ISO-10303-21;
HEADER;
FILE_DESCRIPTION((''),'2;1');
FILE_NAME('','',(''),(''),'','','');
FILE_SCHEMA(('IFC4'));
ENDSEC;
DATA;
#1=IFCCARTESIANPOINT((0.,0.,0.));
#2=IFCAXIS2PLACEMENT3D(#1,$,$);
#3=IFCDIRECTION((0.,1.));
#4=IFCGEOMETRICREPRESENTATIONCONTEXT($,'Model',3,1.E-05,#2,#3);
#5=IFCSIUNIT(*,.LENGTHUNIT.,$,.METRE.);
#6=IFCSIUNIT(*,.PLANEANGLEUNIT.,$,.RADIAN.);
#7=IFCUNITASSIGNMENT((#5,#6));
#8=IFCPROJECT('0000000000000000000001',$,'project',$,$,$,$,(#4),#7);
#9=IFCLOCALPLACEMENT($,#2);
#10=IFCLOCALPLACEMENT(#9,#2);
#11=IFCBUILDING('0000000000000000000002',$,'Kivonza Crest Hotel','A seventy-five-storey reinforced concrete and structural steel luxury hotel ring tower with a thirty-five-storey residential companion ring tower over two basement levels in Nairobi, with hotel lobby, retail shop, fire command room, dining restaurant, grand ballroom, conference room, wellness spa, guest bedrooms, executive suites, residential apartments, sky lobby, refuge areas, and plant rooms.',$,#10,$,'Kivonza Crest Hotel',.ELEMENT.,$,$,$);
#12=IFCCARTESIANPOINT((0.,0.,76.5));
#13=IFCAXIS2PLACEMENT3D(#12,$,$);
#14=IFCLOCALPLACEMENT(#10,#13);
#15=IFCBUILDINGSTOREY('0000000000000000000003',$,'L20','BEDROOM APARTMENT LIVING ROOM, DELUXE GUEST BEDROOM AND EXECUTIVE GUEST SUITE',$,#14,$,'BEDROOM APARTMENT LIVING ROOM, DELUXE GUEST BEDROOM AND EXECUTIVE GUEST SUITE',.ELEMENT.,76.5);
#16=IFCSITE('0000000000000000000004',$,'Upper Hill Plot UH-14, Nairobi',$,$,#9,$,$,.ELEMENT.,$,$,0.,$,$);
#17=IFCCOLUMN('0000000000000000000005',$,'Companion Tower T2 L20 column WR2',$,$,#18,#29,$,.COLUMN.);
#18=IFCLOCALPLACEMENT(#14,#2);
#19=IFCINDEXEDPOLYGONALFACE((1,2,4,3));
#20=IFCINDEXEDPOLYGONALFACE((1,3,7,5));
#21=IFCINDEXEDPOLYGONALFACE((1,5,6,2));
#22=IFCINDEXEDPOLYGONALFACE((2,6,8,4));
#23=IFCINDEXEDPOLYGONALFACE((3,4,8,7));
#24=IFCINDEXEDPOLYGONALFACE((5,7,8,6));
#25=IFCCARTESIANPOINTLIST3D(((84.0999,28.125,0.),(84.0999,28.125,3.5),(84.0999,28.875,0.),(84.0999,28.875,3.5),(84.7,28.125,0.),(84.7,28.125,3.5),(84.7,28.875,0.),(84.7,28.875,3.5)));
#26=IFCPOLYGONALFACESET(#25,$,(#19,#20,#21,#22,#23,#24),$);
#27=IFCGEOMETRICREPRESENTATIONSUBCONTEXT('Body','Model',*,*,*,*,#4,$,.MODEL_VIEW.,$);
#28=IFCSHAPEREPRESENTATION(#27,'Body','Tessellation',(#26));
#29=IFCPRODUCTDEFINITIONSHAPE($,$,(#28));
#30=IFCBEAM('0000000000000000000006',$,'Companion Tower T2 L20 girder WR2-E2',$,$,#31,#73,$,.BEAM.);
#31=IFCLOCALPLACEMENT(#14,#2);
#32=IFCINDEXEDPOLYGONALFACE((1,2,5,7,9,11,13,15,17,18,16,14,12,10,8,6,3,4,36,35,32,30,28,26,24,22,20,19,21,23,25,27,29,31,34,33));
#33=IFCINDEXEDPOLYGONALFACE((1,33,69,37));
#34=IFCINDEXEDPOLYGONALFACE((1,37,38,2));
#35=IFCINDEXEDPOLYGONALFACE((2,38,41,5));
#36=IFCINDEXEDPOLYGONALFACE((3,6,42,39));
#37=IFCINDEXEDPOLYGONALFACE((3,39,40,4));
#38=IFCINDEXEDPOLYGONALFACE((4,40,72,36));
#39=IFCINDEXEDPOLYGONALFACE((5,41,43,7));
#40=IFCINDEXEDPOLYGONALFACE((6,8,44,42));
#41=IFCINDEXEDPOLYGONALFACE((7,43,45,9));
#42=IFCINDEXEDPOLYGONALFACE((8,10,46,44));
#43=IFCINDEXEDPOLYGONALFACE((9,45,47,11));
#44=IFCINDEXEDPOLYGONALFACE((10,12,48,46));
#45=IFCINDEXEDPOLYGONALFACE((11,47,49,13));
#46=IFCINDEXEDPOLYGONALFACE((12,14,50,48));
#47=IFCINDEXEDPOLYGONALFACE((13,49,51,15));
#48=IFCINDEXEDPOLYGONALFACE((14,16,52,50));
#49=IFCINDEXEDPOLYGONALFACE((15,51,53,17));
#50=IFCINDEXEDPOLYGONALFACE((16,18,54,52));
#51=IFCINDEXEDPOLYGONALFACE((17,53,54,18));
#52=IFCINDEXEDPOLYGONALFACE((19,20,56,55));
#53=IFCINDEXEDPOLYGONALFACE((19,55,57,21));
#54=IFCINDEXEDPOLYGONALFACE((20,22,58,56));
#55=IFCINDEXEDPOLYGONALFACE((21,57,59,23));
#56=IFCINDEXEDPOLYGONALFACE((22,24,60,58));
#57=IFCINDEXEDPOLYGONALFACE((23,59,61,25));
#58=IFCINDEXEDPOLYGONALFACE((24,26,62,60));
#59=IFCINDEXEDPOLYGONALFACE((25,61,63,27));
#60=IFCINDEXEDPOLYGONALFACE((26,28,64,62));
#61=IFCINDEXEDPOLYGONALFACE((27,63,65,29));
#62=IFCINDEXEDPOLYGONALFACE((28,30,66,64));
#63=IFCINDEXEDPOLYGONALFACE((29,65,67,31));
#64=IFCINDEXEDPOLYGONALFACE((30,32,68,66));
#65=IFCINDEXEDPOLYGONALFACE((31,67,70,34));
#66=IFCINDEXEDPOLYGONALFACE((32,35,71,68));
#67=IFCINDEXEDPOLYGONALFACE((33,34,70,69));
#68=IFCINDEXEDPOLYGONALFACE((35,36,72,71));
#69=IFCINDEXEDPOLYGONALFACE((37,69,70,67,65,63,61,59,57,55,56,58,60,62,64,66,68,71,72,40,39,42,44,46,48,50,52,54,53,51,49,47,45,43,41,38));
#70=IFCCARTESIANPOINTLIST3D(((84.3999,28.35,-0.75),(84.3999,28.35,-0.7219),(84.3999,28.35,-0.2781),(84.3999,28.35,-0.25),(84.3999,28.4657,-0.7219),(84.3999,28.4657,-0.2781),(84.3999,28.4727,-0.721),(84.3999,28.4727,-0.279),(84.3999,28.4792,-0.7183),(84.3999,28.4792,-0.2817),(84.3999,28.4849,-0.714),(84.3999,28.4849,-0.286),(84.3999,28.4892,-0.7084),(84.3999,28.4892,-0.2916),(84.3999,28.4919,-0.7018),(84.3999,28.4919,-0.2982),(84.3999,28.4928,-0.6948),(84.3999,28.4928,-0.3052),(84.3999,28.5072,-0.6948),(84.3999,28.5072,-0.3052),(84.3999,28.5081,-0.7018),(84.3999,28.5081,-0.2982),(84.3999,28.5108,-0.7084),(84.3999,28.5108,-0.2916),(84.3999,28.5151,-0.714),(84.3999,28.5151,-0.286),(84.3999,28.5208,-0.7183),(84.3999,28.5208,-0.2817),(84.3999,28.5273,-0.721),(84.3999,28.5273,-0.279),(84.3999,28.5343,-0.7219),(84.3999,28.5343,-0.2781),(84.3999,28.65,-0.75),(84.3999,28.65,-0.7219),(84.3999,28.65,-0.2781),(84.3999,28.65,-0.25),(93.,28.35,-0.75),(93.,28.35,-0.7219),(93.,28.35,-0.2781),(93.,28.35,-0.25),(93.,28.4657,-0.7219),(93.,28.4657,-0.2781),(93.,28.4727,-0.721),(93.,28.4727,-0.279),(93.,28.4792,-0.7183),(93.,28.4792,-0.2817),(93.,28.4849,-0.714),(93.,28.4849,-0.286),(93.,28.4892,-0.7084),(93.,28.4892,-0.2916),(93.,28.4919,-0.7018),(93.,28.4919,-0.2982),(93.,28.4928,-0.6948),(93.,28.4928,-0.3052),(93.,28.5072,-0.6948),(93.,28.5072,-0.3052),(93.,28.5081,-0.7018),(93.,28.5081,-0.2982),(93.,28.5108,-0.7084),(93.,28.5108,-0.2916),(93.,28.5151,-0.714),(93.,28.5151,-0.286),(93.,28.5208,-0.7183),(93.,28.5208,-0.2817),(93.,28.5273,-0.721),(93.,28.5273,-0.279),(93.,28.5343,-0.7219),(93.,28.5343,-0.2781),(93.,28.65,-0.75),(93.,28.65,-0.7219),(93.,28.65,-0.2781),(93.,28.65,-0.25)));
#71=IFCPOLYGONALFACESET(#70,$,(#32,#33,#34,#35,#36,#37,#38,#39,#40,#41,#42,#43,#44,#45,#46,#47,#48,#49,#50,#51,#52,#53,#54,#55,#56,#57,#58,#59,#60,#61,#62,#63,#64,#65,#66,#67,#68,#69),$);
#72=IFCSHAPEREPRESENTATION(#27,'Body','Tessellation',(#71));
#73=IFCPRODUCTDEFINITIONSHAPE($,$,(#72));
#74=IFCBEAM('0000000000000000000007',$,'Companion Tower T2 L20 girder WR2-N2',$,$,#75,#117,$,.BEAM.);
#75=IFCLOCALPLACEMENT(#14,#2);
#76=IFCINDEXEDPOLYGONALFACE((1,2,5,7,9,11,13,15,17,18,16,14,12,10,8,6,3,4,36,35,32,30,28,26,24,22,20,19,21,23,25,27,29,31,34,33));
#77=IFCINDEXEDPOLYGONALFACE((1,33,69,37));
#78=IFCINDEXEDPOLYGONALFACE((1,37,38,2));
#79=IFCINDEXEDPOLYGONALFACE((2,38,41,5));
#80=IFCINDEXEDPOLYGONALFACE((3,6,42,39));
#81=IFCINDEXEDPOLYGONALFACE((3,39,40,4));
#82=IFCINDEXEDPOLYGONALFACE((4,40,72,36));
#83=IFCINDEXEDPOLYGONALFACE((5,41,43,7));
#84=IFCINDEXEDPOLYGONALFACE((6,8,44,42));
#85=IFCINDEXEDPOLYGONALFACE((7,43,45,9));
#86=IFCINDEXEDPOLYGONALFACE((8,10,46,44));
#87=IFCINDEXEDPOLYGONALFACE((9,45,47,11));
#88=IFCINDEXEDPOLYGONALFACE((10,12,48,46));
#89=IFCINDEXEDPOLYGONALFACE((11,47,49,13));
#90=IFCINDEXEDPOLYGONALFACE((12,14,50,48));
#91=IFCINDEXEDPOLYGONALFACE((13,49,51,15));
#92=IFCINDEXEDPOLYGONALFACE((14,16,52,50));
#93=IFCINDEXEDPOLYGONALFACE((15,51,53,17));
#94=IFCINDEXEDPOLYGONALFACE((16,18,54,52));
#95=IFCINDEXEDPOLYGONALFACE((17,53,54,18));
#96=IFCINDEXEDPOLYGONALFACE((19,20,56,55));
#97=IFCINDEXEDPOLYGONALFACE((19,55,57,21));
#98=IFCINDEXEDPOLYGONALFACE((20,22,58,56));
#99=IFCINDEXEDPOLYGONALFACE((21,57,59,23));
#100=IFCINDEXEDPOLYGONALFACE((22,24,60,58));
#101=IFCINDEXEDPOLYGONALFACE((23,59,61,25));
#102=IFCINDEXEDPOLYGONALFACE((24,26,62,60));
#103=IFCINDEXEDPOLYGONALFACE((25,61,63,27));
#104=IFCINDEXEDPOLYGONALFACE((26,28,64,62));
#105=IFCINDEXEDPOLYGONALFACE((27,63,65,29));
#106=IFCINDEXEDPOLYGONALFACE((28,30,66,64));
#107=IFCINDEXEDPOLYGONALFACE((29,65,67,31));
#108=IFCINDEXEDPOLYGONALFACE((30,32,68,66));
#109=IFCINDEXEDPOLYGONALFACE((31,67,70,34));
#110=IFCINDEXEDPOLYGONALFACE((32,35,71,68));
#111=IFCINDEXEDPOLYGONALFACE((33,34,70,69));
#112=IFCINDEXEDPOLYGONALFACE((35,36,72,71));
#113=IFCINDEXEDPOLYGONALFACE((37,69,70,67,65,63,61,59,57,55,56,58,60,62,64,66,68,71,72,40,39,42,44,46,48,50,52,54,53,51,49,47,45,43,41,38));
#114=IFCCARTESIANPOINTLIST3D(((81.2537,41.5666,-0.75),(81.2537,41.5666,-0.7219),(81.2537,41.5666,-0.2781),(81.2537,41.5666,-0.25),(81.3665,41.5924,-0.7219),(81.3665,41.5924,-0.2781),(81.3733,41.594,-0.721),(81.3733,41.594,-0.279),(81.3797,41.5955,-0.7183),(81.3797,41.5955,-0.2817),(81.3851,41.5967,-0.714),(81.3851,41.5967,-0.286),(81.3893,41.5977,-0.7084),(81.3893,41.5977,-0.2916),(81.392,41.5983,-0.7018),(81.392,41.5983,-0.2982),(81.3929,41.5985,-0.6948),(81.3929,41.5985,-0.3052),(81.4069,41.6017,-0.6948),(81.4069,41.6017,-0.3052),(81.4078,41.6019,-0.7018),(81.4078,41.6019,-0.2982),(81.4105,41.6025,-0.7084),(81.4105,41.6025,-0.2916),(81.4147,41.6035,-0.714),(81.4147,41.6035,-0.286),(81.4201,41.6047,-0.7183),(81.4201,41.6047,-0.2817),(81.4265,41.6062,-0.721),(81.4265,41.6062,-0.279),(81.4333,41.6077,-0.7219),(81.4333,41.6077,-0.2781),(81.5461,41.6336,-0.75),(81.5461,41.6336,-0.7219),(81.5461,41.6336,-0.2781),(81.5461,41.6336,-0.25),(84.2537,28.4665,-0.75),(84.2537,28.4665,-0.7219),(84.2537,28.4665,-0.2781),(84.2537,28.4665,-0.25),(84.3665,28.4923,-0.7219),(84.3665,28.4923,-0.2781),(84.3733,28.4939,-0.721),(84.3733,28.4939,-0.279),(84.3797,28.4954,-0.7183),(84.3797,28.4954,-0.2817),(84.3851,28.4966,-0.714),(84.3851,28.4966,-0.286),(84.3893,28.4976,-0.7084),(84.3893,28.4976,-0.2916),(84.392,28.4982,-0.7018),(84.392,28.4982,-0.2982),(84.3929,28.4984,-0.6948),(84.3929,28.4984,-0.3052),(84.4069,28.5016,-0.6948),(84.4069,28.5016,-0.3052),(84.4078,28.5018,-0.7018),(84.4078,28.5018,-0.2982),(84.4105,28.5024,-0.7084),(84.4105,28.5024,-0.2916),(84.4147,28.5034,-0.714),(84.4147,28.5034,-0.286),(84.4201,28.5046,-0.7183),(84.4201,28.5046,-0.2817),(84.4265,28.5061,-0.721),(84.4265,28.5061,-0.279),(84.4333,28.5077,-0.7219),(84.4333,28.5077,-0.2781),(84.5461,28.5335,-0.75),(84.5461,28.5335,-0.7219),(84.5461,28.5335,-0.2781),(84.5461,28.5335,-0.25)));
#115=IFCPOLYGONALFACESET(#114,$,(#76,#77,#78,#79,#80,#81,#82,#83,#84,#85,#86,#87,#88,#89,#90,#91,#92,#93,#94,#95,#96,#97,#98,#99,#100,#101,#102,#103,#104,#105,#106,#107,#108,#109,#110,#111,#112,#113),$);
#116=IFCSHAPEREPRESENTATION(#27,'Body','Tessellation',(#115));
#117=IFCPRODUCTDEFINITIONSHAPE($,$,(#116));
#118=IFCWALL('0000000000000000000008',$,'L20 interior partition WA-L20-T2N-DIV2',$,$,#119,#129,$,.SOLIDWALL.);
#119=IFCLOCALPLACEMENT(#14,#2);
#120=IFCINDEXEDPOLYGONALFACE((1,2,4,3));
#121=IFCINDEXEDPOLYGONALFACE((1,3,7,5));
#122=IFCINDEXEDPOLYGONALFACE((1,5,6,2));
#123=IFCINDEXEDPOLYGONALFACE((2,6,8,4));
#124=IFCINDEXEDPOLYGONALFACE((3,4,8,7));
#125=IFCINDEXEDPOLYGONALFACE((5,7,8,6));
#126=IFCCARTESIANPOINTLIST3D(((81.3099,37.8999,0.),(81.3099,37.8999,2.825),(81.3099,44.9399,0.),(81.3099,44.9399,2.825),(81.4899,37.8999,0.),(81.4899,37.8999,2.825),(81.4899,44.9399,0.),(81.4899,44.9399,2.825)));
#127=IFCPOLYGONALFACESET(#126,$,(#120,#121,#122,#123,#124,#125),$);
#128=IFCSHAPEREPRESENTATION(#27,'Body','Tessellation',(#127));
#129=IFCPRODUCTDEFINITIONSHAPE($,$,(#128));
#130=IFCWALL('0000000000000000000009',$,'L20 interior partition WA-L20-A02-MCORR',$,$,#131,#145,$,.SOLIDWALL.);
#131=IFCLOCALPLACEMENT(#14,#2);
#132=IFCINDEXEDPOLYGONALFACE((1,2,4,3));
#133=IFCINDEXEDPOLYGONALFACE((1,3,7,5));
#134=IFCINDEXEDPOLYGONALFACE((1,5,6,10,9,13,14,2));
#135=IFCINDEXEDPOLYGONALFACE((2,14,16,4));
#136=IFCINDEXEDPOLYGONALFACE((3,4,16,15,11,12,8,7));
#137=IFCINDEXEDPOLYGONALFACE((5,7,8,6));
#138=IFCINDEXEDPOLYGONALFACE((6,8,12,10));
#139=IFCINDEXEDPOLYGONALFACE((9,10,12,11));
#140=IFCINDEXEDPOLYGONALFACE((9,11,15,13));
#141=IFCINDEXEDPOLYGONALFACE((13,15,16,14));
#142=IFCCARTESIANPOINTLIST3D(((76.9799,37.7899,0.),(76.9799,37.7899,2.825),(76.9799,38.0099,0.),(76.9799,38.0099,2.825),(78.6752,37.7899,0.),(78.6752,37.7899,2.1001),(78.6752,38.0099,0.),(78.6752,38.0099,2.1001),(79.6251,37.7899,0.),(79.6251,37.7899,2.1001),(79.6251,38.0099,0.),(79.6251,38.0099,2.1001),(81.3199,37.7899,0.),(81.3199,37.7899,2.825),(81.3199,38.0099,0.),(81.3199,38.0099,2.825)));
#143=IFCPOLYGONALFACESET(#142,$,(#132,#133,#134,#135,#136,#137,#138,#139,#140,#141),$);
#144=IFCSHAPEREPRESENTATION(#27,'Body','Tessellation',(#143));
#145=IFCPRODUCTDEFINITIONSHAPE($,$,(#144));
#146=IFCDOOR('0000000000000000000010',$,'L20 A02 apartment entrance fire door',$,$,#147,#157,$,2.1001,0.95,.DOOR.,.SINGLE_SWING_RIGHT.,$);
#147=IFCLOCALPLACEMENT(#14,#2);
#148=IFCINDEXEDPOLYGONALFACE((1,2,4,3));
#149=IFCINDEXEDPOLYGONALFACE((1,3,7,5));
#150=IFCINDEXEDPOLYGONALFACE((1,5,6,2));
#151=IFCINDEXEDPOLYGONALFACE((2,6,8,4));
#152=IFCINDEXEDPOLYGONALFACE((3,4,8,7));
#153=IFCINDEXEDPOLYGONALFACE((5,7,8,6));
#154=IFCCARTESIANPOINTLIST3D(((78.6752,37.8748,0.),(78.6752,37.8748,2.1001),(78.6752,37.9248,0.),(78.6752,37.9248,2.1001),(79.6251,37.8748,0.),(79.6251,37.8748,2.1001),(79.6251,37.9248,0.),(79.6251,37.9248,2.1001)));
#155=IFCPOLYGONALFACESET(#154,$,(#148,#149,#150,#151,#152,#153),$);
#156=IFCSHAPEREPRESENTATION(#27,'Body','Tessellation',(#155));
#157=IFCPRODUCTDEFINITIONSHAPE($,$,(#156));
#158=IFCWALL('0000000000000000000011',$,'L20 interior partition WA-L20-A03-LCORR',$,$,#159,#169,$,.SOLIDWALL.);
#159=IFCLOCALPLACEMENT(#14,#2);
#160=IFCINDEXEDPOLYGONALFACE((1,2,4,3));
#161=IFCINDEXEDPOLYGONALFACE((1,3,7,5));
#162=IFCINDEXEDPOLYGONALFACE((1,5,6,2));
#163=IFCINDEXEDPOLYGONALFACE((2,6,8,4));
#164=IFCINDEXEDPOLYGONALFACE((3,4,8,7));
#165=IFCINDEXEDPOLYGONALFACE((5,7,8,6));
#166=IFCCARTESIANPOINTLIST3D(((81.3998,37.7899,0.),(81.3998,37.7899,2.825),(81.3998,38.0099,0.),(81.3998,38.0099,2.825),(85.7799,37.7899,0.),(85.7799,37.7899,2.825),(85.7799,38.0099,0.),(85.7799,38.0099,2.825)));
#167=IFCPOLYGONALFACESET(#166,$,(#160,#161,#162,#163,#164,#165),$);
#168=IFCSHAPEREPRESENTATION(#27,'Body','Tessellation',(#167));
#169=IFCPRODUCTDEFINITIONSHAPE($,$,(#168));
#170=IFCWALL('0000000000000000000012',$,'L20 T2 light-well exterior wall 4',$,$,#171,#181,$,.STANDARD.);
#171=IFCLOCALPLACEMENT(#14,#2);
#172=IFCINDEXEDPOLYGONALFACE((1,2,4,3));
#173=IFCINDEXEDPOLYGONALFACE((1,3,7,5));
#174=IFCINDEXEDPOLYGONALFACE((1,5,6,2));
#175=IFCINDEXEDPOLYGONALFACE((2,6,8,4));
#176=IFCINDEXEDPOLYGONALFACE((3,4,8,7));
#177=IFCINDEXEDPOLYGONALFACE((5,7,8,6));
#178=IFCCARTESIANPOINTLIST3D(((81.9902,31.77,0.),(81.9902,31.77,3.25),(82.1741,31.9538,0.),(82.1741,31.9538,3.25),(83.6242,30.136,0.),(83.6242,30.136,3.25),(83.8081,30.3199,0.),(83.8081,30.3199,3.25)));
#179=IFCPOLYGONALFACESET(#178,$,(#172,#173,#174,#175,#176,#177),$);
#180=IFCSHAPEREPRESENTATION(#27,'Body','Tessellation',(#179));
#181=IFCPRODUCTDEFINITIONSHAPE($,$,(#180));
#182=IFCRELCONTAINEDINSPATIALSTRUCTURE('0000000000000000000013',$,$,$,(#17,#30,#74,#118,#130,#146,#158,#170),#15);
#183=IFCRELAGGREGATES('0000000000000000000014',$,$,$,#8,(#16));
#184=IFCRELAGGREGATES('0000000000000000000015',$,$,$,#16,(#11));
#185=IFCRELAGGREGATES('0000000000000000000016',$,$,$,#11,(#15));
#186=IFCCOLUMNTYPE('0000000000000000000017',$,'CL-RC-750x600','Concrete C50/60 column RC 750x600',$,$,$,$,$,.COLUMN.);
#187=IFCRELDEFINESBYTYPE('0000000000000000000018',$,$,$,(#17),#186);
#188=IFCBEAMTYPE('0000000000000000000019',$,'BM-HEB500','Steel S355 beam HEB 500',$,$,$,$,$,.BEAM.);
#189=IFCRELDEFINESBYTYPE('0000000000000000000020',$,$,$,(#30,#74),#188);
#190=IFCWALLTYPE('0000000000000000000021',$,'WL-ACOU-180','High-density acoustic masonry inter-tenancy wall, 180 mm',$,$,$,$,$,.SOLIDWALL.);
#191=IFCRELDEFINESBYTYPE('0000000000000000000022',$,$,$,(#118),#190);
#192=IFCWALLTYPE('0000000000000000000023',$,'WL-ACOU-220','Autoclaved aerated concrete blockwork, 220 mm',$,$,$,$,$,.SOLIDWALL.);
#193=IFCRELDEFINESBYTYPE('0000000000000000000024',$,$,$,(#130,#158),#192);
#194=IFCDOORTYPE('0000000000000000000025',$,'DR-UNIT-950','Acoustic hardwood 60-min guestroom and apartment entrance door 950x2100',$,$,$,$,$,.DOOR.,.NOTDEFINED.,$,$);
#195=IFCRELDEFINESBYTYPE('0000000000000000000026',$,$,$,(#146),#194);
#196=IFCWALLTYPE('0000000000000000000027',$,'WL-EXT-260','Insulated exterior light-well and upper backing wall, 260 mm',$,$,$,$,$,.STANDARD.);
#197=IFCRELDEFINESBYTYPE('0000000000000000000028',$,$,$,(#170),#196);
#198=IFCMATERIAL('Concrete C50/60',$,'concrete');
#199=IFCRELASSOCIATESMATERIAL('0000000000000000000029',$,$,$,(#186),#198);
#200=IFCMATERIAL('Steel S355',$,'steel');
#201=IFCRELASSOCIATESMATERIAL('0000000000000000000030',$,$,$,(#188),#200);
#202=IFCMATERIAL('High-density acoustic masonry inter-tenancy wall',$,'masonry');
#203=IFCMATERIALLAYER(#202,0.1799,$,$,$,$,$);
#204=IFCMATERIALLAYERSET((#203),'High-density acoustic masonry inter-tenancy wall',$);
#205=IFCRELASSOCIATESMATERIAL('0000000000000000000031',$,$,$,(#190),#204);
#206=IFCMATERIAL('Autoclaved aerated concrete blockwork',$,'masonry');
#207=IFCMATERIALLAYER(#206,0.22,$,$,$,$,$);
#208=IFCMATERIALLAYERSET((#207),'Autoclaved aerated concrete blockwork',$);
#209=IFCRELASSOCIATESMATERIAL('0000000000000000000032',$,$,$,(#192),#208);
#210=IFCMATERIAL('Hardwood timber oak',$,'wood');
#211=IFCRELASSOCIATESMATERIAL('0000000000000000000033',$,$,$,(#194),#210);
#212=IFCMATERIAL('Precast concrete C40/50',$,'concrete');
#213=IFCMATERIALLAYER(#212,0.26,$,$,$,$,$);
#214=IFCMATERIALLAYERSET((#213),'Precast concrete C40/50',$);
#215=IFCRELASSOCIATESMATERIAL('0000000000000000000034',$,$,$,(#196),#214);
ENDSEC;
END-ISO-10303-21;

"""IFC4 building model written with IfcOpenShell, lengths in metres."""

from ifc_helpers import new_model, si_unit, direction, frame, frame_2d, origin, origin_2d, place, context, subcontext, project, spatial, rectangle, i_section, extrude, material, layer, layer_set, material_profile, profile_set, type_object, element, fill, save


model = new_model("IFC4")

# Units and contexts
model_context = context("Model", 3, precision=1e-05, world=origin(), true_north=direction((0.0, 1.0)))
body_context = subcontext(model_context, "Body", "Model", "MODEL_VIEW")
ifc_project = project(units=[si_unit("LENGTHUNIT", "METRE"), si_unit("PLANEANGLEUNIT", "RADIAN")], contexts=[model_context])

# Site, building, storey
site_placement = place(None, origin())
site = spatial("IfcSite", under=ifc_project, at=site_placement, Name="Upper Hill Plot UH-14, Nairobi", CompositionType="ELEMENT", RefElevation=0.0)
building_placement = place(site_placement, origin())
building = spatial("IfcBuilding", under=site, at=building_placement, Name="Kivonza Crest Hotel", Description="A seventy-five-storey reinforced concrete and structural steel luxury hotel ring tower with a thirty-five-storey residential companion ring tower over two basement levels in Nairobi, with hotel lobby, retail shop, fire command room, dining restaurant, grand ballroom, conference room, wellness spa, guest bedrooms, executive suites, residential apartments, sky lobby, refuge areas, and plant rooms.", LongName="Kivonza Crest Hotel", CompositionType="ELEMENT")
storey_placement = place(building_placement, frame((0.0, 0.0, 76.5)))
storey = spatial("IfcBuildingStorey", under=building, at=storey_placement, Name="L20", Description="BEDROOM APARTMENT LIVING ROOM, DELUXE GUEST BEDROOM AND EXECUTIVE GUEST SUITE", LongName="BEDROOM APARTMENT LIVING ROOM, DELUXE GUEST BEDROOM AND EXECUTIVE GUEST SUITE", CompositionType="ELEMENT", Elevation=76.5)

# Column
ifc_material_1 = material(Name="Concrete C50/60", Category="concrete")
ifc_material_profile_1 = material_profile(ifc_material_1, rectangle(XDim=0.6001, YDim=0.75, at=origin_2d()), Name="RC 750x600")
ifc_profile_set_1 = profile_set([ifc_material_profile_1], Name="Concrete C50/60")
column_type = type_object("IfcColumnType", Name="CL-RC-750x600", Description="Concrete C50/60 column RC 750x600", PredefinedType="COLUMN", material=ifc_profile_set_1)
column_placement = place(storey_placement, frame((84.3999, 28.5, 0.0), z_axis=(0.0, 0.0, 1.0), x_axis=(1.0, 0.0, 0.0)))
element("IfcColumn", 1, at=column_placement, inside=storey, type_object=column_type, Name="Companion Tower T2 L20 column WR2", PredefinedType="COLUMN", context=body_context, shape_type="SweptSolid", body=[
    extrude(rectangle(XDim=0.6001, YDim=0.75, at=origin_2d()), origin(), (0.0, 0.0, 1.0), 3.5),
])

# Beams
ifc_material_2 = material(Name="Steel S355", Category="steel")
ifc_material_profile_2 = material_profile(ifc_material_2, i_section(OverallWidth=0.3, OverallDepth=0.5, WebThickness=0.0144, FlangeThickness=0.0281, FilletRadius=0.0271, at=origin_2d()), Name="HEB 500")
ifc_profile_set_2 = profile_set([ifc_material_profile_2], Name="Steel S355")
beam_type = type_object("IfcBeamType", Name="BM-HEB500", Description="Steel S355 beam HEB 500", PredefinedType="BEAM", material=ifc_profile_set_2)
beam_1_placement = place(storey_placement, frame((84.3999, 28.5, -0.5), z_axis=(1.0, 0.0, 0.0), x_axis=(0.0, 1.0, 0.0)))
element("IfcBeam", 2, at=beam_1_placement, inside=storey, type_object=beam_type, Name="Companion Tower T2 L20 girder WR2-E2", PredefinedType="BEAM", context=body_context, shape_type="SweptSolid", body=[
    extrude(i_section(OverallWidth=0.3, OverallDepth=0.5, WebThickness=0.0144, FlangeThickness=0.0281, FilletRadius=0.0271, at=origin_2d()), origin(), (0.0, 0.0, 1.0), 8.6001),
])
beam_2_placement = place(storey_placement, frame((84.3999, 28.5, -0.5), z_axis=(-0.223227, 0.974766, 0.0), x_axis=(-0.974766, -0.223227, 0.0)))
element("IfcBeam", 3, at=beam_2_placement, inside=storey, type_object=beam_type, Name="Companion Tower T2 L20 girder WR2-N2", PredefinedType="BEAM", context=body_context, shape_type="SweptSolid", body=[
    extrude(i_section(OverallWidth=0.3, OverallDepth=0.5, WebThickness=0.0144, FlangeThickness=0.0281, FilletRadius=0.0271, at=origin_2d()), origin(), (0.0, 0.0, 1.0), 13.4392),
])

# Wall
ifc_material_3 = material(Name="High-density acoustic masonry inter-tenancy wall", Category="masonry")
ifc_layer_1 = layer(ifc_material_3, 0.1799)
ifc_layer_set_1 = layer_set([ifc_layer_1], Name="High-density acoustic masonry inter-tenancy wall")
wall_type_1 = type_object("IfcWallType", Name="WL-ACOU-180", Description="High-density acoustic masonry inter-tenancy wall, 180 mm", PredefinedType="SOLIDWALL", material=ifc_layer_set_1)
wall_1_placement = place(storey_placement, frame((81.3999, 37.8999, 0.0), z_axis=(0.0, 0.0, 1.0), x_axis=(0.0, 1.0, 0.0)))
element("IfcWall", 4, at=wall_1_placement, inside=storey, type_object=wall_type_1, Name="L20 interior partition WA-L20-T2N-DIV2", PredefinedType="SOLIDWALL", context=body_context, shape_type="SweptSolid", body=[
    extrude(rectangle(XDim=7.04, YDim=0.1799, at=frame_2d((3.52, 0.0))), origin(), (0.0, 0.0, 1.0), 2.825),
])

# Wall, opening, door
ifc_material_4 = material(Name="Autoclaved aerated concrete blockwork", Category="masonry")
ifc_layer_2 = layer(ifc_material_4, 0.22)
ifc_layer_set_2 = layer_set([ifc_layer_2], Name="Autoclaved aerated concrete blockwork")
wall_type_2 = type_object("IfcWallType", Name="WL-ACOU-220", Description="Autoclaved aerated concrete blockwork, 220 mm", PredefinedType="SOLIDWALL", material=ifc_layer_set_2)
wall_2_placement = place(storey_placement, frame((76.98, 37.8999, 0.0), z_axis=(0.0, 0.0, 1.0), x_axis=(1.0, 0.0, 0.0)))
wall_2 = element("IfcWall", 5, at=wall_2_placement, inside=storey, type_object=wall_type_2, Name="L20 interior partition WA-L20-A02-MCORR", PredefinedType="SOLIDWALL", context=body_context, shape_type="SweptSolid", body=[
    extrude(rectangle(XDim=4.3401, YDim=0.22, at=frame_2d((2.1699, 0.0))), origin(), (0.0, 0.0, 1.0), 2.825),
])
opening_1_placement = place(wall_2_placement, frame((1.6951, 0.0, 0.0)))
opening_1 = element("IfcOpeningElement", 6, at=opening_1_placement, cuts=wall_2, PredefinedType="OPENING", context=body_context, shape_type="SweptSolid", body=[
    extrude(rectangle(XDim=0.95, YDim=2.1001, at=frame_2d((0.4751, 1.05))), frame((0.0, 0.1201, 0.0), z_axis=(0.0, -1.0, 0.0), x_axis=(1.0, 0.0, 0.0)), (0.0, 0.0, 1.0), 0.24),
])
ifc_material_5 = material(Name="Hardwood timber oak", Category="wood")
door_type_1 = type_object("IfcDoorType", Name="DR-UNIT-950", Description="Acoustic hardwood 60-min guestroom and apartment entrance door 950x2100", OperationType="NOTDEFINED", PredefinedType="DOOR", material=ifc_material_5)
door_1_placement = place(opening_1_placement, origin())
door_1 = element("IfcDoor", 7, at=door_1_placement, inside=storey, type_object=door_type_1, Name="L20 A02 apartment entrance fire door", OperationType="SINGLE_SWING_RIGHT", OverallHeight=2.1001, OverallWidth=0.95, PredefinedType="DOOR", context=body_context, shape_type="SweptSolid", body=[
    extrude(rectangle(XDim=0.95, YDim=2.1001, at=frame_2d((0.4751, 1.05))), frame((0.0, 0.0249, 0.0), z_axis=(0.0, -1.0, 0.0), x_axis=(1.0, 0.0, 0.0)), (0.0, 0.0, 1.0), 0.05),
])
fill(opening_1, door_1)

# Walls
wall_3_placement = place(storey_placement, frame((81.3999, 37.8999, 0.0), z_axis=(0.0, 0.0, 1.0), x_axis=(1.0, 0.0, 0.0)))
element("IfcWall", 8, at=wall_3_placement, inside=storey, type_object=wall_type_2, Name="L20 interior partition WA-L20-A03-LCORR", PredefinedType="SOLIDWALL", context=body_context, shape_type="SweptSolid", body=[
    extrude(rectangle(XDim=4.3801, YDim=0.22, at=frame_2d((2.1899, 0.0))), origin(), (0.0, 0.0, 1.0), 2.825),
])
ifc_material_6 = material(Name="Precast concrete C40/50", Category="concrete")
ifc_layer_3 = layer(ifc_material_6, 0.26)
ifc_layer_set_3 = layer_set([ifc_layer_3], Name="Precast concrete C40/50")
wall_type_3 = type_object("IfcWallType", Name="WL-EXT-260", Description="Insulated exterior light-well and upper backing wall, 260 mm", PredefinedType="STANDARD", material=ifc_layer_set_3)
wall_4_placement = place(storey_placement, frame((83.7161, 30.228, 0.0), z_axis=(0.0, 0.0, 1.0), x_axis=(-0.707107, 0.707107, 0.0)))
element("IfcWall", 9, at=wall_4_placement, inside=storey, type_object=wall_type_3, Name="L20 T2 light-well exterior wall 4", PredefinedType="STANDARD", context=body_context, shape_type="SweptSolid", body=[
    extrude(rectangle(XDim=2.3108, YDim=0.26, at=frame_2d((1.1553, 0.0))), origin(), (0.0, 0.0, 1.0), 3.25),
])

save(model, "model.ifc")
